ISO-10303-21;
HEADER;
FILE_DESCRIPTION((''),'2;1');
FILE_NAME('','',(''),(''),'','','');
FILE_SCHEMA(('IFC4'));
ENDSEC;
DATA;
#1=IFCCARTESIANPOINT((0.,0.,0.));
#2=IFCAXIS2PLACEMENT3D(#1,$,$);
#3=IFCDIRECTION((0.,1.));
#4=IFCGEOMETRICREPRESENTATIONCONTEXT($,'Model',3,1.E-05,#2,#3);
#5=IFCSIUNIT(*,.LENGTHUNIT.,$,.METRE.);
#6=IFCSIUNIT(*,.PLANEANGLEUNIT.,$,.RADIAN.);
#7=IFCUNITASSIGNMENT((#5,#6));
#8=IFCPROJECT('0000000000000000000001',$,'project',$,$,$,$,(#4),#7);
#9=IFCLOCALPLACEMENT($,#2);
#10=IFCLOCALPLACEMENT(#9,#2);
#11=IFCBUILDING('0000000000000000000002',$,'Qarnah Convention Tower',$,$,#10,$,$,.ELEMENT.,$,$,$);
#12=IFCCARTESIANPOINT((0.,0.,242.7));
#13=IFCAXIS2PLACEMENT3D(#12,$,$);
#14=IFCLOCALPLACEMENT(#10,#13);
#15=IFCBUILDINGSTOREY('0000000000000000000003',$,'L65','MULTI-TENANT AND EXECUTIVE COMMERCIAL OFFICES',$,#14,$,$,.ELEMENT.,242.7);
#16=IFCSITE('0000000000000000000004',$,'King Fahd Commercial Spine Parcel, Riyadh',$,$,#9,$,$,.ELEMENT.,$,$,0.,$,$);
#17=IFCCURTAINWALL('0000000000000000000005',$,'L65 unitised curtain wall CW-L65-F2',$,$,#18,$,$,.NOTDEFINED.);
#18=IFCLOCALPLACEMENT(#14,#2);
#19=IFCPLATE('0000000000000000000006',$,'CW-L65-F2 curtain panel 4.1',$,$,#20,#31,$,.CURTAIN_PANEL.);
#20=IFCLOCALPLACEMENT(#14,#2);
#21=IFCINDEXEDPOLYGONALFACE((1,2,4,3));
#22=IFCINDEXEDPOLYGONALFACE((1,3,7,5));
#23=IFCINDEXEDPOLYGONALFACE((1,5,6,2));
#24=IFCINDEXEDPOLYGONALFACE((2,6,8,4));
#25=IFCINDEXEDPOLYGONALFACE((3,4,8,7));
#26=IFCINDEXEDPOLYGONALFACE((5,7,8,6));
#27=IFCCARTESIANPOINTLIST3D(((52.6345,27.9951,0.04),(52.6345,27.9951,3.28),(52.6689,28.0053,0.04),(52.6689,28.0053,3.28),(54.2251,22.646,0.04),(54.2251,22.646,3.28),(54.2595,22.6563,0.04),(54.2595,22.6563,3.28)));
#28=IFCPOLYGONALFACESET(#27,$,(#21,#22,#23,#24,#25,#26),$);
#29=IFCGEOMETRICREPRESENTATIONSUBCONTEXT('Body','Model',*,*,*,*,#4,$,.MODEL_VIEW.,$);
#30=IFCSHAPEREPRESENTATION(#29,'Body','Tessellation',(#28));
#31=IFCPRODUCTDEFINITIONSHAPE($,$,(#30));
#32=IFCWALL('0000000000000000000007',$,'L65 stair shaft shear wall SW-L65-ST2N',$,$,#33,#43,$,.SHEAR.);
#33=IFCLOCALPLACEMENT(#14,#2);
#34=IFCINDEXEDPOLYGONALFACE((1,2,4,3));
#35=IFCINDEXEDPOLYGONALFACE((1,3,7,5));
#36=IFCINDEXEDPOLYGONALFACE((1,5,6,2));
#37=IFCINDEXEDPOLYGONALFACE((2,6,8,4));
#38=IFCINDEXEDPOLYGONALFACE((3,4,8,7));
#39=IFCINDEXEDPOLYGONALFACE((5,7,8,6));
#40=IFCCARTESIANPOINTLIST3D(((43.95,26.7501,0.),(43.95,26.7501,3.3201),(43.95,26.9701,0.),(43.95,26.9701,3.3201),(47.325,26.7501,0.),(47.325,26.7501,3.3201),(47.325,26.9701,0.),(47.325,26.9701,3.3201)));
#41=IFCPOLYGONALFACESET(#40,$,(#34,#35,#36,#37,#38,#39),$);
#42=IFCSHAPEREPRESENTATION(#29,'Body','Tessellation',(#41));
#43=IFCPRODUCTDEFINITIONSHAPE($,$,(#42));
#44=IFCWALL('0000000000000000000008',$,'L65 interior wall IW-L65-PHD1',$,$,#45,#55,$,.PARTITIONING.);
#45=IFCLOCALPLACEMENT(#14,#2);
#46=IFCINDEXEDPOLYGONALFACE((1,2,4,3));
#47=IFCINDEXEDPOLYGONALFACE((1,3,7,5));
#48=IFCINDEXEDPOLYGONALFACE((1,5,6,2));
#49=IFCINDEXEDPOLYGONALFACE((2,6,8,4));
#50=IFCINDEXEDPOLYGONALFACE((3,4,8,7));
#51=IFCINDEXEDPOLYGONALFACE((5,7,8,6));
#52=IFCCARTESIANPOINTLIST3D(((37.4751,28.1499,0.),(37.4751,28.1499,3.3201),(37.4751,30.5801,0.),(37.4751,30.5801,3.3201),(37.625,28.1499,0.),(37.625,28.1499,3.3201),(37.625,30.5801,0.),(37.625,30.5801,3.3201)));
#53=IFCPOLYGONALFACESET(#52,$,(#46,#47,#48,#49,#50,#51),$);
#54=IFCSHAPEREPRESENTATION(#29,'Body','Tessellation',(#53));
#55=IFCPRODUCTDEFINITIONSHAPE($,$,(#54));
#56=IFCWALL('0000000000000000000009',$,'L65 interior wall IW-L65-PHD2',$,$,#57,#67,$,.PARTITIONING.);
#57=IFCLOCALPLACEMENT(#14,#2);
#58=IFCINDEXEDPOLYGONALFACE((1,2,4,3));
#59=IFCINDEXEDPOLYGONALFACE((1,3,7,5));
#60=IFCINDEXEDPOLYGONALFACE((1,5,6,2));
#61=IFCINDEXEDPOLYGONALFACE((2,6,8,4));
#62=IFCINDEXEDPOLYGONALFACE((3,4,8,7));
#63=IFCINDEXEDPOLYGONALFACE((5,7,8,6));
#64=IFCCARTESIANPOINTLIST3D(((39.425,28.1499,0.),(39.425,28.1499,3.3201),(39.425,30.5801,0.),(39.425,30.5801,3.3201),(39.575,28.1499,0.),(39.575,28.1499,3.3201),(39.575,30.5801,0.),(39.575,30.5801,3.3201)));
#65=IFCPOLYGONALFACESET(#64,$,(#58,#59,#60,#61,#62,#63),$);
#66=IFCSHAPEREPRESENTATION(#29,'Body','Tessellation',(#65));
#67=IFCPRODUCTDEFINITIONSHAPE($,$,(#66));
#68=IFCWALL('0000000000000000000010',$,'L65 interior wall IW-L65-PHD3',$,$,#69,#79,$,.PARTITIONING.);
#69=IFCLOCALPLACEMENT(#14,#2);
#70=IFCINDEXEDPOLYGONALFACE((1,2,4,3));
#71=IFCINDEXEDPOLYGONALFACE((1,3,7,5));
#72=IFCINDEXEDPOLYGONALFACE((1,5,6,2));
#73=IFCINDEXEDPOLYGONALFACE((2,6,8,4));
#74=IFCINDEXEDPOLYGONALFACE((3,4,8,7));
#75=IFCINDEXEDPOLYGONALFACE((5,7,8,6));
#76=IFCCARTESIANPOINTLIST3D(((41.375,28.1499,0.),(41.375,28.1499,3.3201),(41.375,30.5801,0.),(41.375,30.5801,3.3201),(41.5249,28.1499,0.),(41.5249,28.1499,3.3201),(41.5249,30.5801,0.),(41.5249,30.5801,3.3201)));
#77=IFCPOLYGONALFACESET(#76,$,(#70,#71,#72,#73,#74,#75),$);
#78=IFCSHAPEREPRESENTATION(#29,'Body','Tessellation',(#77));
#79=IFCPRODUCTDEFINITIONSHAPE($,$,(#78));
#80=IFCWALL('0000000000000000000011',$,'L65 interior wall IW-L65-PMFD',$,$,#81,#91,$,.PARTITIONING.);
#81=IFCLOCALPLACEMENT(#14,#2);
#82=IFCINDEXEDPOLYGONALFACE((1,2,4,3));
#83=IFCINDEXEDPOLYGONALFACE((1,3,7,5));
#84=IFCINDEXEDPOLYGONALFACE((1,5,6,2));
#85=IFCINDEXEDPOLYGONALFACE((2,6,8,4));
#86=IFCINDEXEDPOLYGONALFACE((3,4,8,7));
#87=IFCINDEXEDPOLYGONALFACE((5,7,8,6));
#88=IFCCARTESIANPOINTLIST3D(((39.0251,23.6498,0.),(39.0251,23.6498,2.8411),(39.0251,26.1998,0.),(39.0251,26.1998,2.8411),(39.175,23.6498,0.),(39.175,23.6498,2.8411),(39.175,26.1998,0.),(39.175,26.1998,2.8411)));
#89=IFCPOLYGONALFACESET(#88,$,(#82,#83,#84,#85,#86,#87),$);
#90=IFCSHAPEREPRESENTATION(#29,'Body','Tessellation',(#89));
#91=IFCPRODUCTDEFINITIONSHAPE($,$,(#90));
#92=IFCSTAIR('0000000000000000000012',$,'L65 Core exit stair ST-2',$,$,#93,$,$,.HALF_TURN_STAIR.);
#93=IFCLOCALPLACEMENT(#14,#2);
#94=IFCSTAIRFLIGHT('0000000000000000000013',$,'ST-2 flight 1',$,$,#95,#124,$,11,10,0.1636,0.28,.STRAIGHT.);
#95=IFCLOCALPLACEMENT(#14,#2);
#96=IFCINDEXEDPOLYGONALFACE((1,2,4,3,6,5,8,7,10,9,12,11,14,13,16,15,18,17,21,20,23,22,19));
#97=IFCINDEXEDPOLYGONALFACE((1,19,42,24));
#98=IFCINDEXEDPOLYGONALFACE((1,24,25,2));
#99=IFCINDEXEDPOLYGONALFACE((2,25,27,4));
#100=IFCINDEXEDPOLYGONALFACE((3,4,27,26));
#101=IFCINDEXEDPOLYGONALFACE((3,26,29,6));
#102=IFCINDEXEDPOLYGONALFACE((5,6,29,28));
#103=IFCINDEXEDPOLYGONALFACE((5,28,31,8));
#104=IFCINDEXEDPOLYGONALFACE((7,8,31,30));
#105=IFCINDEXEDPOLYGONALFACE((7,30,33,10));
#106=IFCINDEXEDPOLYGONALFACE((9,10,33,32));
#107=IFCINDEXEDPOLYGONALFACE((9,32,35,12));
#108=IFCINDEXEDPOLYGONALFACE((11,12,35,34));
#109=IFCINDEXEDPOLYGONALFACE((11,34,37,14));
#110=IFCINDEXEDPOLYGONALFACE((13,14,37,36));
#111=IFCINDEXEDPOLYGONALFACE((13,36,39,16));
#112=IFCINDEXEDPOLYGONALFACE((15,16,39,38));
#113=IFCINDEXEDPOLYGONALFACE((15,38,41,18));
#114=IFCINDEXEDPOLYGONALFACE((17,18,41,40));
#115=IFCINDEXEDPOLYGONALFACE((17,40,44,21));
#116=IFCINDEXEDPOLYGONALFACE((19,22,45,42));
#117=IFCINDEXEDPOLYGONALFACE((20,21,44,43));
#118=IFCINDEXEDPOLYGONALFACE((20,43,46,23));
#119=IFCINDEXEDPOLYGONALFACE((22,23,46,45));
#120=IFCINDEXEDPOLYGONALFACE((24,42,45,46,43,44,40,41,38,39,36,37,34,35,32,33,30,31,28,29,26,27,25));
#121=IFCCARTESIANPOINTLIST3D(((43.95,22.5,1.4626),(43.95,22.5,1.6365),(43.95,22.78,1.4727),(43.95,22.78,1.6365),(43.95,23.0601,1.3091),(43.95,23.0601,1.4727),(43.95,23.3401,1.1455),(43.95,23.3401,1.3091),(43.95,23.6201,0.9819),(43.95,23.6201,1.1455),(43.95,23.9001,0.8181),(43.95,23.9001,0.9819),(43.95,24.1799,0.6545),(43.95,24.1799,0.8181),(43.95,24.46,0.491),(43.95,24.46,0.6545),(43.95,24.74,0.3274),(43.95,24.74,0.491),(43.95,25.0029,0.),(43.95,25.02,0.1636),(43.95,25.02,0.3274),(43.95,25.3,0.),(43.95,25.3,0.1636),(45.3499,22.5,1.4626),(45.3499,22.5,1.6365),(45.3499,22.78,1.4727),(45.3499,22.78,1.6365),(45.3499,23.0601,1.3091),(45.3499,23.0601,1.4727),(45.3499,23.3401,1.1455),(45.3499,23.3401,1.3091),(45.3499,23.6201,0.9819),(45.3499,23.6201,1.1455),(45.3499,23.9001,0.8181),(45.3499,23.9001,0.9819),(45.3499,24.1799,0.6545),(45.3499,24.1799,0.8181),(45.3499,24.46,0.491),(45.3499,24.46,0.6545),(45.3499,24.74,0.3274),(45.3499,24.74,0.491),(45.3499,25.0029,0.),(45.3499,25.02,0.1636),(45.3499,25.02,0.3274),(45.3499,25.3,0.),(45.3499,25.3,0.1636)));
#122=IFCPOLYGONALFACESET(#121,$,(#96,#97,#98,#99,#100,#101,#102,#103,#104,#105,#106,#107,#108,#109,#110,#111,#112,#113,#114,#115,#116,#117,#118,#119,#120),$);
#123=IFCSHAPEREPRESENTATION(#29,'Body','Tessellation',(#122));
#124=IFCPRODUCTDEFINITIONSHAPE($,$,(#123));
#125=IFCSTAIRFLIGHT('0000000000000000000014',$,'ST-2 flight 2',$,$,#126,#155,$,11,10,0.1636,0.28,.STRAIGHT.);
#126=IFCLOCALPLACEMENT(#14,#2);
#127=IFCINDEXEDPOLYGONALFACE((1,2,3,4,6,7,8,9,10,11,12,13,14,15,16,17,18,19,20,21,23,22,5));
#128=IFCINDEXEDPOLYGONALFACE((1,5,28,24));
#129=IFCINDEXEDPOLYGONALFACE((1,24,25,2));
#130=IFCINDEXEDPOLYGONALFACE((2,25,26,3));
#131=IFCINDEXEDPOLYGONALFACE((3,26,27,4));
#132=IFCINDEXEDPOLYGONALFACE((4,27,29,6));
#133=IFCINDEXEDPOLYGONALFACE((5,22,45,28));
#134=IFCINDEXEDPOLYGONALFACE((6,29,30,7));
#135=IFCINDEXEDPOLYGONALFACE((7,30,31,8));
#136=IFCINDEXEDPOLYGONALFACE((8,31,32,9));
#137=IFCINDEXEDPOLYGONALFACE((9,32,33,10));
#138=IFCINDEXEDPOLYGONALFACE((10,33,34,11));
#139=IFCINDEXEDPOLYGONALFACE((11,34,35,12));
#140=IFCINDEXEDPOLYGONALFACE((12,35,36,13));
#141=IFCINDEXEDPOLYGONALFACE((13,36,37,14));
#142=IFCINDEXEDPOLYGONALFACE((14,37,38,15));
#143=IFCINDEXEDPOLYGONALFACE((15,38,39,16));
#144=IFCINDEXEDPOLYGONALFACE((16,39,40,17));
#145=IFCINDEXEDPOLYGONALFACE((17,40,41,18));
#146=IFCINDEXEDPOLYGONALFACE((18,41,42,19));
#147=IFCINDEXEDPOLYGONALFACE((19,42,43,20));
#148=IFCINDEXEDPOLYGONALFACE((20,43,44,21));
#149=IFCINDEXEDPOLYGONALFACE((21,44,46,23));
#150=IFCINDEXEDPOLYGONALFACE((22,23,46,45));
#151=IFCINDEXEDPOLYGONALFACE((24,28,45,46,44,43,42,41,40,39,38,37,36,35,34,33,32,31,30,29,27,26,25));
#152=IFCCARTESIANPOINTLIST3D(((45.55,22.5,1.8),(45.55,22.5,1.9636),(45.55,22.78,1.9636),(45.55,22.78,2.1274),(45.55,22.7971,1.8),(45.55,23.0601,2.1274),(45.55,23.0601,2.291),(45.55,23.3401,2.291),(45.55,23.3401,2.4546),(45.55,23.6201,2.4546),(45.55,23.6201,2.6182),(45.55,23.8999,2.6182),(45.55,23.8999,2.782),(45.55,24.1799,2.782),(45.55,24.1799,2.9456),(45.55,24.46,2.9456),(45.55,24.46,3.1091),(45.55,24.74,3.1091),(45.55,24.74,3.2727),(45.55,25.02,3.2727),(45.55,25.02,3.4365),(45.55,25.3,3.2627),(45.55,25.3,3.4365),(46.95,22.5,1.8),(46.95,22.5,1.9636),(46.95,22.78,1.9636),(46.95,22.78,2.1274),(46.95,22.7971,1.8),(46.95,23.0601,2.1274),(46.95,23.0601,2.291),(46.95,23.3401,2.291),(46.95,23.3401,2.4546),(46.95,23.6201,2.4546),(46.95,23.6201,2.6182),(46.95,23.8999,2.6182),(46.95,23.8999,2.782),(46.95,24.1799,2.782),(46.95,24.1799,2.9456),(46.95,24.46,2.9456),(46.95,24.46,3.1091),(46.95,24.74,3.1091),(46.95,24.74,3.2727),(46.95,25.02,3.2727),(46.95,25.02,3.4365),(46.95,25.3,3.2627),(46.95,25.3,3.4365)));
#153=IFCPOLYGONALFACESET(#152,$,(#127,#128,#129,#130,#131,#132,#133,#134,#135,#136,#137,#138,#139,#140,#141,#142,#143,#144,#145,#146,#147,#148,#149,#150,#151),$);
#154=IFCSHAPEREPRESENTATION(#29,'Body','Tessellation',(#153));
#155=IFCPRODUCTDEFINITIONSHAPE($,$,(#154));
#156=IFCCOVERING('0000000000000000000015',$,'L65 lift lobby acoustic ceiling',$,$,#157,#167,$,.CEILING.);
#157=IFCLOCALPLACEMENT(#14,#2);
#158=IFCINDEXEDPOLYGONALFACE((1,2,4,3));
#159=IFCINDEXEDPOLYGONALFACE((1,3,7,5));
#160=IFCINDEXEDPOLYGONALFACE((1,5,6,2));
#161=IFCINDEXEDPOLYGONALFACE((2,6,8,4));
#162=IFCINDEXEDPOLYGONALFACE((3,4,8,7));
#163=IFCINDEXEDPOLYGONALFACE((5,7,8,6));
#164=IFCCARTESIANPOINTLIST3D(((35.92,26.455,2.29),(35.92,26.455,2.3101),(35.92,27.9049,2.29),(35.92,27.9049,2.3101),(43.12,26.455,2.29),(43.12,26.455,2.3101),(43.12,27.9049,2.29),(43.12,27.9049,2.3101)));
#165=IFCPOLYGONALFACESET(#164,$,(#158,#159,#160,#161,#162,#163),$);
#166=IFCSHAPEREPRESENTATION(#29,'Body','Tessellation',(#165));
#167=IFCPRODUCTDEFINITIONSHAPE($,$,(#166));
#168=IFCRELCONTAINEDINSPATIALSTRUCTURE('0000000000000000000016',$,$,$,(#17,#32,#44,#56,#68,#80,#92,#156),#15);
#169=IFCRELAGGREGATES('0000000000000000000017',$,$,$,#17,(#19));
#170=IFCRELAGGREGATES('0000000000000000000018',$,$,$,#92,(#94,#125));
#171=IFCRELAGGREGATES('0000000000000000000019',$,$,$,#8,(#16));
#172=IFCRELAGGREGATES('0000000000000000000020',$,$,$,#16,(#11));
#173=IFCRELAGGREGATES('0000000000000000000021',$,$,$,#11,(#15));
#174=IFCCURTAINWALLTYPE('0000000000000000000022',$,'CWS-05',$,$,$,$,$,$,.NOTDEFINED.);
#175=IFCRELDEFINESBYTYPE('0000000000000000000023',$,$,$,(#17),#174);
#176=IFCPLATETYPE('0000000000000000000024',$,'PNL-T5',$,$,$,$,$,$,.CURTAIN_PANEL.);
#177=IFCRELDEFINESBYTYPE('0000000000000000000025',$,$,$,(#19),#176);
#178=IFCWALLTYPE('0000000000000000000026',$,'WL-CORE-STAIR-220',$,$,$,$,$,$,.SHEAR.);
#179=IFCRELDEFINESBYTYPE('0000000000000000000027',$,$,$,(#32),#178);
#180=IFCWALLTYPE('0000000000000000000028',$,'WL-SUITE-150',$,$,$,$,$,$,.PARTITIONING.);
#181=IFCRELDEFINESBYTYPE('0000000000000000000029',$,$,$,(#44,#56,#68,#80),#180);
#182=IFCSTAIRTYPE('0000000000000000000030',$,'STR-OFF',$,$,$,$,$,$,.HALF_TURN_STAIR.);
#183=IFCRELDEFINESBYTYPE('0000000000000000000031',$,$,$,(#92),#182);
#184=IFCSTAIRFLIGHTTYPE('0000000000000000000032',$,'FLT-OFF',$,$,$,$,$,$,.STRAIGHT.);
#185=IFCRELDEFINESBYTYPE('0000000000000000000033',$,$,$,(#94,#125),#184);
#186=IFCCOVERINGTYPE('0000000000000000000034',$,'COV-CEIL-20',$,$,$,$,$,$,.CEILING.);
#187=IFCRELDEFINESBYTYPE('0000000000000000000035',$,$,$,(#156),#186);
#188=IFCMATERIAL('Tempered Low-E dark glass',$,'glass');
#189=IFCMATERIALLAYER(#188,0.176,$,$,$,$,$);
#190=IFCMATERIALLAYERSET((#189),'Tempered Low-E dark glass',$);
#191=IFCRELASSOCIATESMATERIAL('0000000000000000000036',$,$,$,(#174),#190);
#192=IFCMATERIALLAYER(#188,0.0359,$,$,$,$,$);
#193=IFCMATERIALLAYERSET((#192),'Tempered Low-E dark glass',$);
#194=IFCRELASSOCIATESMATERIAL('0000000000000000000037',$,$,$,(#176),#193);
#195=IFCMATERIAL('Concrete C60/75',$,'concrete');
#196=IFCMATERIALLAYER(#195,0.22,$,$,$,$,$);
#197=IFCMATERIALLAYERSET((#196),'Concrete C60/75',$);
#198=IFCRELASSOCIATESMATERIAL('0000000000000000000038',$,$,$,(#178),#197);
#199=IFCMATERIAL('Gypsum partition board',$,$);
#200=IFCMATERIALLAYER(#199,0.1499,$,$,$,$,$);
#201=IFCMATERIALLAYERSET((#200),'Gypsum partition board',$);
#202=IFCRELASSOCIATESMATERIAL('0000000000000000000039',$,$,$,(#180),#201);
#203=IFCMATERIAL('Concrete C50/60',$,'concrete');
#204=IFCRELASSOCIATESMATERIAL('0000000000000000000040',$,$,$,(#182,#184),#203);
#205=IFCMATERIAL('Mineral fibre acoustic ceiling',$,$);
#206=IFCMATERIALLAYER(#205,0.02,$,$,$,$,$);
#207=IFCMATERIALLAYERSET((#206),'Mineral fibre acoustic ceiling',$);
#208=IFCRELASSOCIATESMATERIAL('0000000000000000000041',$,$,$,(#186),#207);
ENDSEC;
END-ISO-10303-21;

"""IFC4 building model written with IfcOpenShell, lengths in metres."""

from ifc_helpers import new_model, si_unit, direction, frame, frame_2d, origin, origin_2d, place, context, subcontext, project, spatial, polyline, rectangle, outline, extrude, material, layer, layer_set, type_object, element, aggregate, save


model = new_model("IFC4")

# Units and contexts
model_context = context("Model", 3, precision=1e-05, world=origin(), true_north=direction((0.0, 1.0)))
body_context = subcontext(model_context, "Body", "Model", "MODEL_VIEW")
ifc_project = project(units=[si_unit("LENGTHUNIT", "METRE"), si_unit("PLANEANGLEUNIT", "RADIAN")], contexts=[model_context])

# Site, building, storey
site_placement = place(None, origin())
site = spatial("IfcSite", under=ifc_project, at=site_placement, Name="King Fahd Commercial Spine Parcel, Riyadh", CompositionType="ELEMENT", RefElevation=0.0)
building_placement = place(site_placement, origin())
building = spatial("IfcBuilding", under=site, at=building_placement, Name="Qarnah Convention Tower", CompositionType="ELEMENT")
storey_placement = place(building_placement, frame((0.0, 0.0, 242.7)))
storey = spatial("IfcBuildingStorey", under=building, at=storey_placement, Name="L65", Description="MULTI-TENANT AND EXECUTIVE COMMERCIAL OFFICES", CompositionType="ELEMENT", Elevation=242.7)

# Shared definitions
ifc_material_1 = material(Name="Concrete C50/60", Category="concrete")

# Curtain wall, plate
ifc_material_2 = material(Name="Tempered Low-E dark glass", Category="glass")
ifc_layer_1 = layer(ifc_material_2, 0.176)
ifc_layer_set_1 = layer_set([ifc_layer_1], Name="Tempered Low-E dark glass")
curtain_wall_type = type_object("IfcCurtainWallType", Name="CWS-05", PredefinedType="NOTDEFINED", material=ifc_layer_set_1)
curtain_wall_placement = place(storey_placement, origin())
curtain_wall = element("IfcCurtainWall", 1, at=curtain_wall_placement, inside=storey, type_object=curtain_wall_type, Name="L65 unitised curtain wall CW-L65-F2", PredefinedType="NOTDEFINED")
ifc_layer_2 = layer(ifc_material_2, 0.0359)
ifc_layer_set_2 = layer_set([ifc_layer_2], Name="Tempered Low-E dark glass")
plate_type = type_object("IfcPlateType", Name="PNL-T5", PredefinedType="CURTAIN_PANEL", material=ifc_layer_set_2)
plate_placement = place(storey_placement, frame((53.447, 25.3257, 0.04), z_axis=(0.0, 0.0, 1.0), x_axis=(0.285023, -0.958521, 0.0)))
plate = element("IfcPlate", 2, at=plate_placement, type_object=plate_type, Name="CW-L65-F2 curtain panel 4.1", PredefinedType="CURTAIN_PANEL", context=body_context, shape_type="SweptSolid", body=[
    extrude(rectangle(XDim=5.5806, YDim=0.0359, at=origin_2d()), origin(), (0.0, 0.0, 1.0), 3.24),
])
aggregate(curtain_wall, [plate])

# Walls
ifc_material_3 = material(Name="Concrete C60/75", Category="concrete")
ifc_layer_3 = layer(ifc_material_3, 0.22)
ifc_layer_set_3 = layer_set([ifc_layer_3], Name="Concrete C60/75")
wall_type_1 = type_object("IfcWallType", Name="WL-CORE-STAIR-220", PredefinedType="SHEAR", material=ifc_layer_set_3)
wall_1_placement = place(storey_placement, frame((43.95, 26.8601, 0.0), z_axis=(0.0, 0.0, 1.0), x_axis=(1.0, 0.0, 0.0)))
element("IfcWall", 3, at=wall_1_placement, inside=storey, type_object=wall_type_1, Name="L65 stair shaft shear wall SW-L65-ST2N", PredefinedType="SHEAR", context=body_context, shape_type="SweptSolid", body=[
    extrude(rectangle(XDim=3.375, YDim=0.22, at=frame_2d((1.6875, 0.0))), origin(), (0.0, 0.0, 1.0), 3.3201),
])
ifc_material_4 = material(Name="Gypsum partition board")
ifc_layer_4 = layer(ifc_material_4, 0.1499)
ifc_layer_set_4 = layer_set([ifc_layer_4], Name="Gypsum partition board")
wall_type_2 = type_object("IfcWallType", Name="WL-SUITE-150", PredefinedType="PARTITIONING", material=ifc_layer_set_4)
for number, where, z_axis, x_axis, name in (
    (4, (37.55, 28.1499, 0.0), (0.0, 0.0, 1.0), (0.0, 1.0, 0.0), "L65 interior wall IW-L65-PHD1"),
    (5, (39.5, 28.1499, 0.0), (0.0, 0.0, 1.0), (0.0, 1.0, 0.0), "L65 interior wall IW-L65-PHD2"),
    (6, (41.45, 28.1499, 0.0), (0.0, 0.0, 1.0), (0.0, 1.0, 0.0), "L65 interior wall IW-L65-PHD3"),
):
    element("IfcWall", number, at=place(storey_placement, frame(where, z_axis=z_axis, x_axis=x_axis)), inside=storey, type_object=wall_type_2, Name=name, PredefinedType="PARTITIONING", context=body_context, shape_type="SweptSolid", body=[
        extrude(rectangle(XDim=2.4302, YDim=0.1499, at=frame_2d((1.2151, 0.0))), origin(), (0.0, 0.0, 1.0), 3.3201),
    ])
wall_2_placement = place(storey_placement, frame((39.1001, 23.6499, 0.0), z_axis=(0.0, 0.0, 1.0), x_axis=(0.0, 1.0, 0.0)))
element("IfcWall", 7, at=wall_2_placement, inside=storey, type_object=wall_type_2, Name="L65 interior wall IW-L65-PMFD", PredefinedType="PARTITIONING", context=body_context, shape_type="SweptSolid", body=[
    extrude(rectangle(XDim=2.55, YDim=0.1499, at=frame_2d((1.2749, 0.0))), origin(), (0.0, 0.0, 1.0), 2.8411),
])

# Stair, stair flights
stair_type = type_object("IfcStairType", Name="STR-OFF", PredefinedType="HALF_TURN_STAIR", material=ifc_material_1)
stair_placement = place(storey_placement, origin())
stair = element("IfcStair", 8, at=stair_placement, inside=storey, type_object=stair_type, Name="L65 Core exit stair ST-2", PredefinedType="HALF_TURN_STAIR")
stair_flight_type = type_object("IfcStairFlightType", Name="FLT-OFF", PredefinedType="STRAIGHT", material=ifc_material_1)
stair_flight_1_placement = place(storey_placement, frame((44.6499, 25.3, 0.0), z_axis=(0.0, 0.0, 1.0), x_axis=(0.0, -1.0, 0.0)))
stair_flight_1 = element("IfcStairFlight", 9, at=stair_flight_1_placement, type_object=stair_flight_type, Name="ST-2 flight 1", NumberOfRisers=11, NumberOfTreads=10, PredefinedType="STRAIGHT", RiserHeight=0.1636, TreadLength=0.28, context=body_context, shape_type="SweptSolid", body=[
    extrude(outline(polyline([(0.0, 0.0), (0.0, 0.1636), (0.28, 0.1636), (0.28, 0.3274), (0.5601, 0.3274), (0.5601, 0.491), (0.8401, 0.491), (0.8401, 0.6545), (1.1201, 0.6545), (1.1201, 0.8181), (1.3999, 0.8181), (1.3999, 0.9819), (1.6799, 0.9819), (1.6799, 1.1455), (1.96, 1.1455), (1.96, 1.3091), (2.24, 1.3091), (2.24, 1.4727), (2.52, 1.4727), (2.52, 1.6365), (2.8, 1.6365), (2.8, 1.8), (2.8, 1.4626), (0.2971, 0.0), (0.0, 0.0)])), frame((0.0, 0.7, 0.0), z_axis=(0.0, -1.0, 0.0), x_axis=(1.0, 0.0, 0.0)), (0.0, 0.0, 1.0), 1.3999),
])
stair_flight_2_placement = place(storey_placement, frame((46.25, 22.5, 1.8), z_axis=(0.0, 0.0, 1.0), x_axis=(0.0, 1.0, 0.0)))
stair_flight_2 = element("IfcStairFlight", 10, at=stair_flight_2_placement, type_object=stair_flight_type, Name="ST-2 flight 2", NumberOfRisers=11, NumberOfTreads=10, PredefinedType="STRAIGHT", RiserHeight=0.1636, TreadLength=0.28, context=body_context, shape_type="SweptSolid", body=[
    extrude(outline(polyline([(0.0, 0.0), (0.0, 0.1636), (0.28, 0.1636), (0.28, 0.3274), (0.5601, 0.3274), (0.5601, 0.491), (0.8401, 0.491), (0.8401, 0.6545), (1.1201, 0.6545), (1.1201, 0.8181), (1.3999, 0.8181), (1.3999, 0.9819), (1.6799, 0.9819), (1.6799, 1.1455), (1.96, 1.1455), (1.96, 1.3091), (2.24, 1.3091), (2.24, 1.4727), (2.52, 1.4727), (2.52, 1.6365), (2.8, 1.6365), (2.8, 1.8), (2.8, 1.4626), (0.2971, 0.0), (0.0, 0.0)])), frame((0.0, 0.7, 0.0), z_axis=(0.0, -1.0, 0.0), x_axis=(1.0, 0.0, 0.0)), (0.0, 0.0, 1.0), 1.3999),
])
aggregate(stair, [stair_flight_1, stair_flight_2])

# Covering
ifc_material_5 = material(Name="Mineral fibre acoustic ceiling")
ifc_layer_5 = layer(ifc_material_5, 0.02)
ifc_layer_set_5 = layer_set([ifc_layer_5], Name="Mineral fibre acoustic ceiling")
covering_type = type_object("IfcCoveringType", Name="COV-CEIL-20", PredefinedType="CEILING", material=ifc_layer_set_5)
covering_placement = place(storey_placement, frame((39.52, 27.1799, 2.29), z_axis=(0.0, 0.0, 1.0), x_axis=(1.0, 0.0, 0.0)))
element("IfcCovering", 11, at=covering_placement, inside=storey, type_object=covering_type, Name="L65 lift lobby acoustic ceiling", PredefinedType="CEILING", context=body_context, shape_type="SweptSolid", body=[
    extrude(rectangle(XDim=7.2, YDim=1.45, at=origin_2d()), origin(), (0.0, 0.0, 1.0), 0.02),
])

save(model, "model.ifc")
